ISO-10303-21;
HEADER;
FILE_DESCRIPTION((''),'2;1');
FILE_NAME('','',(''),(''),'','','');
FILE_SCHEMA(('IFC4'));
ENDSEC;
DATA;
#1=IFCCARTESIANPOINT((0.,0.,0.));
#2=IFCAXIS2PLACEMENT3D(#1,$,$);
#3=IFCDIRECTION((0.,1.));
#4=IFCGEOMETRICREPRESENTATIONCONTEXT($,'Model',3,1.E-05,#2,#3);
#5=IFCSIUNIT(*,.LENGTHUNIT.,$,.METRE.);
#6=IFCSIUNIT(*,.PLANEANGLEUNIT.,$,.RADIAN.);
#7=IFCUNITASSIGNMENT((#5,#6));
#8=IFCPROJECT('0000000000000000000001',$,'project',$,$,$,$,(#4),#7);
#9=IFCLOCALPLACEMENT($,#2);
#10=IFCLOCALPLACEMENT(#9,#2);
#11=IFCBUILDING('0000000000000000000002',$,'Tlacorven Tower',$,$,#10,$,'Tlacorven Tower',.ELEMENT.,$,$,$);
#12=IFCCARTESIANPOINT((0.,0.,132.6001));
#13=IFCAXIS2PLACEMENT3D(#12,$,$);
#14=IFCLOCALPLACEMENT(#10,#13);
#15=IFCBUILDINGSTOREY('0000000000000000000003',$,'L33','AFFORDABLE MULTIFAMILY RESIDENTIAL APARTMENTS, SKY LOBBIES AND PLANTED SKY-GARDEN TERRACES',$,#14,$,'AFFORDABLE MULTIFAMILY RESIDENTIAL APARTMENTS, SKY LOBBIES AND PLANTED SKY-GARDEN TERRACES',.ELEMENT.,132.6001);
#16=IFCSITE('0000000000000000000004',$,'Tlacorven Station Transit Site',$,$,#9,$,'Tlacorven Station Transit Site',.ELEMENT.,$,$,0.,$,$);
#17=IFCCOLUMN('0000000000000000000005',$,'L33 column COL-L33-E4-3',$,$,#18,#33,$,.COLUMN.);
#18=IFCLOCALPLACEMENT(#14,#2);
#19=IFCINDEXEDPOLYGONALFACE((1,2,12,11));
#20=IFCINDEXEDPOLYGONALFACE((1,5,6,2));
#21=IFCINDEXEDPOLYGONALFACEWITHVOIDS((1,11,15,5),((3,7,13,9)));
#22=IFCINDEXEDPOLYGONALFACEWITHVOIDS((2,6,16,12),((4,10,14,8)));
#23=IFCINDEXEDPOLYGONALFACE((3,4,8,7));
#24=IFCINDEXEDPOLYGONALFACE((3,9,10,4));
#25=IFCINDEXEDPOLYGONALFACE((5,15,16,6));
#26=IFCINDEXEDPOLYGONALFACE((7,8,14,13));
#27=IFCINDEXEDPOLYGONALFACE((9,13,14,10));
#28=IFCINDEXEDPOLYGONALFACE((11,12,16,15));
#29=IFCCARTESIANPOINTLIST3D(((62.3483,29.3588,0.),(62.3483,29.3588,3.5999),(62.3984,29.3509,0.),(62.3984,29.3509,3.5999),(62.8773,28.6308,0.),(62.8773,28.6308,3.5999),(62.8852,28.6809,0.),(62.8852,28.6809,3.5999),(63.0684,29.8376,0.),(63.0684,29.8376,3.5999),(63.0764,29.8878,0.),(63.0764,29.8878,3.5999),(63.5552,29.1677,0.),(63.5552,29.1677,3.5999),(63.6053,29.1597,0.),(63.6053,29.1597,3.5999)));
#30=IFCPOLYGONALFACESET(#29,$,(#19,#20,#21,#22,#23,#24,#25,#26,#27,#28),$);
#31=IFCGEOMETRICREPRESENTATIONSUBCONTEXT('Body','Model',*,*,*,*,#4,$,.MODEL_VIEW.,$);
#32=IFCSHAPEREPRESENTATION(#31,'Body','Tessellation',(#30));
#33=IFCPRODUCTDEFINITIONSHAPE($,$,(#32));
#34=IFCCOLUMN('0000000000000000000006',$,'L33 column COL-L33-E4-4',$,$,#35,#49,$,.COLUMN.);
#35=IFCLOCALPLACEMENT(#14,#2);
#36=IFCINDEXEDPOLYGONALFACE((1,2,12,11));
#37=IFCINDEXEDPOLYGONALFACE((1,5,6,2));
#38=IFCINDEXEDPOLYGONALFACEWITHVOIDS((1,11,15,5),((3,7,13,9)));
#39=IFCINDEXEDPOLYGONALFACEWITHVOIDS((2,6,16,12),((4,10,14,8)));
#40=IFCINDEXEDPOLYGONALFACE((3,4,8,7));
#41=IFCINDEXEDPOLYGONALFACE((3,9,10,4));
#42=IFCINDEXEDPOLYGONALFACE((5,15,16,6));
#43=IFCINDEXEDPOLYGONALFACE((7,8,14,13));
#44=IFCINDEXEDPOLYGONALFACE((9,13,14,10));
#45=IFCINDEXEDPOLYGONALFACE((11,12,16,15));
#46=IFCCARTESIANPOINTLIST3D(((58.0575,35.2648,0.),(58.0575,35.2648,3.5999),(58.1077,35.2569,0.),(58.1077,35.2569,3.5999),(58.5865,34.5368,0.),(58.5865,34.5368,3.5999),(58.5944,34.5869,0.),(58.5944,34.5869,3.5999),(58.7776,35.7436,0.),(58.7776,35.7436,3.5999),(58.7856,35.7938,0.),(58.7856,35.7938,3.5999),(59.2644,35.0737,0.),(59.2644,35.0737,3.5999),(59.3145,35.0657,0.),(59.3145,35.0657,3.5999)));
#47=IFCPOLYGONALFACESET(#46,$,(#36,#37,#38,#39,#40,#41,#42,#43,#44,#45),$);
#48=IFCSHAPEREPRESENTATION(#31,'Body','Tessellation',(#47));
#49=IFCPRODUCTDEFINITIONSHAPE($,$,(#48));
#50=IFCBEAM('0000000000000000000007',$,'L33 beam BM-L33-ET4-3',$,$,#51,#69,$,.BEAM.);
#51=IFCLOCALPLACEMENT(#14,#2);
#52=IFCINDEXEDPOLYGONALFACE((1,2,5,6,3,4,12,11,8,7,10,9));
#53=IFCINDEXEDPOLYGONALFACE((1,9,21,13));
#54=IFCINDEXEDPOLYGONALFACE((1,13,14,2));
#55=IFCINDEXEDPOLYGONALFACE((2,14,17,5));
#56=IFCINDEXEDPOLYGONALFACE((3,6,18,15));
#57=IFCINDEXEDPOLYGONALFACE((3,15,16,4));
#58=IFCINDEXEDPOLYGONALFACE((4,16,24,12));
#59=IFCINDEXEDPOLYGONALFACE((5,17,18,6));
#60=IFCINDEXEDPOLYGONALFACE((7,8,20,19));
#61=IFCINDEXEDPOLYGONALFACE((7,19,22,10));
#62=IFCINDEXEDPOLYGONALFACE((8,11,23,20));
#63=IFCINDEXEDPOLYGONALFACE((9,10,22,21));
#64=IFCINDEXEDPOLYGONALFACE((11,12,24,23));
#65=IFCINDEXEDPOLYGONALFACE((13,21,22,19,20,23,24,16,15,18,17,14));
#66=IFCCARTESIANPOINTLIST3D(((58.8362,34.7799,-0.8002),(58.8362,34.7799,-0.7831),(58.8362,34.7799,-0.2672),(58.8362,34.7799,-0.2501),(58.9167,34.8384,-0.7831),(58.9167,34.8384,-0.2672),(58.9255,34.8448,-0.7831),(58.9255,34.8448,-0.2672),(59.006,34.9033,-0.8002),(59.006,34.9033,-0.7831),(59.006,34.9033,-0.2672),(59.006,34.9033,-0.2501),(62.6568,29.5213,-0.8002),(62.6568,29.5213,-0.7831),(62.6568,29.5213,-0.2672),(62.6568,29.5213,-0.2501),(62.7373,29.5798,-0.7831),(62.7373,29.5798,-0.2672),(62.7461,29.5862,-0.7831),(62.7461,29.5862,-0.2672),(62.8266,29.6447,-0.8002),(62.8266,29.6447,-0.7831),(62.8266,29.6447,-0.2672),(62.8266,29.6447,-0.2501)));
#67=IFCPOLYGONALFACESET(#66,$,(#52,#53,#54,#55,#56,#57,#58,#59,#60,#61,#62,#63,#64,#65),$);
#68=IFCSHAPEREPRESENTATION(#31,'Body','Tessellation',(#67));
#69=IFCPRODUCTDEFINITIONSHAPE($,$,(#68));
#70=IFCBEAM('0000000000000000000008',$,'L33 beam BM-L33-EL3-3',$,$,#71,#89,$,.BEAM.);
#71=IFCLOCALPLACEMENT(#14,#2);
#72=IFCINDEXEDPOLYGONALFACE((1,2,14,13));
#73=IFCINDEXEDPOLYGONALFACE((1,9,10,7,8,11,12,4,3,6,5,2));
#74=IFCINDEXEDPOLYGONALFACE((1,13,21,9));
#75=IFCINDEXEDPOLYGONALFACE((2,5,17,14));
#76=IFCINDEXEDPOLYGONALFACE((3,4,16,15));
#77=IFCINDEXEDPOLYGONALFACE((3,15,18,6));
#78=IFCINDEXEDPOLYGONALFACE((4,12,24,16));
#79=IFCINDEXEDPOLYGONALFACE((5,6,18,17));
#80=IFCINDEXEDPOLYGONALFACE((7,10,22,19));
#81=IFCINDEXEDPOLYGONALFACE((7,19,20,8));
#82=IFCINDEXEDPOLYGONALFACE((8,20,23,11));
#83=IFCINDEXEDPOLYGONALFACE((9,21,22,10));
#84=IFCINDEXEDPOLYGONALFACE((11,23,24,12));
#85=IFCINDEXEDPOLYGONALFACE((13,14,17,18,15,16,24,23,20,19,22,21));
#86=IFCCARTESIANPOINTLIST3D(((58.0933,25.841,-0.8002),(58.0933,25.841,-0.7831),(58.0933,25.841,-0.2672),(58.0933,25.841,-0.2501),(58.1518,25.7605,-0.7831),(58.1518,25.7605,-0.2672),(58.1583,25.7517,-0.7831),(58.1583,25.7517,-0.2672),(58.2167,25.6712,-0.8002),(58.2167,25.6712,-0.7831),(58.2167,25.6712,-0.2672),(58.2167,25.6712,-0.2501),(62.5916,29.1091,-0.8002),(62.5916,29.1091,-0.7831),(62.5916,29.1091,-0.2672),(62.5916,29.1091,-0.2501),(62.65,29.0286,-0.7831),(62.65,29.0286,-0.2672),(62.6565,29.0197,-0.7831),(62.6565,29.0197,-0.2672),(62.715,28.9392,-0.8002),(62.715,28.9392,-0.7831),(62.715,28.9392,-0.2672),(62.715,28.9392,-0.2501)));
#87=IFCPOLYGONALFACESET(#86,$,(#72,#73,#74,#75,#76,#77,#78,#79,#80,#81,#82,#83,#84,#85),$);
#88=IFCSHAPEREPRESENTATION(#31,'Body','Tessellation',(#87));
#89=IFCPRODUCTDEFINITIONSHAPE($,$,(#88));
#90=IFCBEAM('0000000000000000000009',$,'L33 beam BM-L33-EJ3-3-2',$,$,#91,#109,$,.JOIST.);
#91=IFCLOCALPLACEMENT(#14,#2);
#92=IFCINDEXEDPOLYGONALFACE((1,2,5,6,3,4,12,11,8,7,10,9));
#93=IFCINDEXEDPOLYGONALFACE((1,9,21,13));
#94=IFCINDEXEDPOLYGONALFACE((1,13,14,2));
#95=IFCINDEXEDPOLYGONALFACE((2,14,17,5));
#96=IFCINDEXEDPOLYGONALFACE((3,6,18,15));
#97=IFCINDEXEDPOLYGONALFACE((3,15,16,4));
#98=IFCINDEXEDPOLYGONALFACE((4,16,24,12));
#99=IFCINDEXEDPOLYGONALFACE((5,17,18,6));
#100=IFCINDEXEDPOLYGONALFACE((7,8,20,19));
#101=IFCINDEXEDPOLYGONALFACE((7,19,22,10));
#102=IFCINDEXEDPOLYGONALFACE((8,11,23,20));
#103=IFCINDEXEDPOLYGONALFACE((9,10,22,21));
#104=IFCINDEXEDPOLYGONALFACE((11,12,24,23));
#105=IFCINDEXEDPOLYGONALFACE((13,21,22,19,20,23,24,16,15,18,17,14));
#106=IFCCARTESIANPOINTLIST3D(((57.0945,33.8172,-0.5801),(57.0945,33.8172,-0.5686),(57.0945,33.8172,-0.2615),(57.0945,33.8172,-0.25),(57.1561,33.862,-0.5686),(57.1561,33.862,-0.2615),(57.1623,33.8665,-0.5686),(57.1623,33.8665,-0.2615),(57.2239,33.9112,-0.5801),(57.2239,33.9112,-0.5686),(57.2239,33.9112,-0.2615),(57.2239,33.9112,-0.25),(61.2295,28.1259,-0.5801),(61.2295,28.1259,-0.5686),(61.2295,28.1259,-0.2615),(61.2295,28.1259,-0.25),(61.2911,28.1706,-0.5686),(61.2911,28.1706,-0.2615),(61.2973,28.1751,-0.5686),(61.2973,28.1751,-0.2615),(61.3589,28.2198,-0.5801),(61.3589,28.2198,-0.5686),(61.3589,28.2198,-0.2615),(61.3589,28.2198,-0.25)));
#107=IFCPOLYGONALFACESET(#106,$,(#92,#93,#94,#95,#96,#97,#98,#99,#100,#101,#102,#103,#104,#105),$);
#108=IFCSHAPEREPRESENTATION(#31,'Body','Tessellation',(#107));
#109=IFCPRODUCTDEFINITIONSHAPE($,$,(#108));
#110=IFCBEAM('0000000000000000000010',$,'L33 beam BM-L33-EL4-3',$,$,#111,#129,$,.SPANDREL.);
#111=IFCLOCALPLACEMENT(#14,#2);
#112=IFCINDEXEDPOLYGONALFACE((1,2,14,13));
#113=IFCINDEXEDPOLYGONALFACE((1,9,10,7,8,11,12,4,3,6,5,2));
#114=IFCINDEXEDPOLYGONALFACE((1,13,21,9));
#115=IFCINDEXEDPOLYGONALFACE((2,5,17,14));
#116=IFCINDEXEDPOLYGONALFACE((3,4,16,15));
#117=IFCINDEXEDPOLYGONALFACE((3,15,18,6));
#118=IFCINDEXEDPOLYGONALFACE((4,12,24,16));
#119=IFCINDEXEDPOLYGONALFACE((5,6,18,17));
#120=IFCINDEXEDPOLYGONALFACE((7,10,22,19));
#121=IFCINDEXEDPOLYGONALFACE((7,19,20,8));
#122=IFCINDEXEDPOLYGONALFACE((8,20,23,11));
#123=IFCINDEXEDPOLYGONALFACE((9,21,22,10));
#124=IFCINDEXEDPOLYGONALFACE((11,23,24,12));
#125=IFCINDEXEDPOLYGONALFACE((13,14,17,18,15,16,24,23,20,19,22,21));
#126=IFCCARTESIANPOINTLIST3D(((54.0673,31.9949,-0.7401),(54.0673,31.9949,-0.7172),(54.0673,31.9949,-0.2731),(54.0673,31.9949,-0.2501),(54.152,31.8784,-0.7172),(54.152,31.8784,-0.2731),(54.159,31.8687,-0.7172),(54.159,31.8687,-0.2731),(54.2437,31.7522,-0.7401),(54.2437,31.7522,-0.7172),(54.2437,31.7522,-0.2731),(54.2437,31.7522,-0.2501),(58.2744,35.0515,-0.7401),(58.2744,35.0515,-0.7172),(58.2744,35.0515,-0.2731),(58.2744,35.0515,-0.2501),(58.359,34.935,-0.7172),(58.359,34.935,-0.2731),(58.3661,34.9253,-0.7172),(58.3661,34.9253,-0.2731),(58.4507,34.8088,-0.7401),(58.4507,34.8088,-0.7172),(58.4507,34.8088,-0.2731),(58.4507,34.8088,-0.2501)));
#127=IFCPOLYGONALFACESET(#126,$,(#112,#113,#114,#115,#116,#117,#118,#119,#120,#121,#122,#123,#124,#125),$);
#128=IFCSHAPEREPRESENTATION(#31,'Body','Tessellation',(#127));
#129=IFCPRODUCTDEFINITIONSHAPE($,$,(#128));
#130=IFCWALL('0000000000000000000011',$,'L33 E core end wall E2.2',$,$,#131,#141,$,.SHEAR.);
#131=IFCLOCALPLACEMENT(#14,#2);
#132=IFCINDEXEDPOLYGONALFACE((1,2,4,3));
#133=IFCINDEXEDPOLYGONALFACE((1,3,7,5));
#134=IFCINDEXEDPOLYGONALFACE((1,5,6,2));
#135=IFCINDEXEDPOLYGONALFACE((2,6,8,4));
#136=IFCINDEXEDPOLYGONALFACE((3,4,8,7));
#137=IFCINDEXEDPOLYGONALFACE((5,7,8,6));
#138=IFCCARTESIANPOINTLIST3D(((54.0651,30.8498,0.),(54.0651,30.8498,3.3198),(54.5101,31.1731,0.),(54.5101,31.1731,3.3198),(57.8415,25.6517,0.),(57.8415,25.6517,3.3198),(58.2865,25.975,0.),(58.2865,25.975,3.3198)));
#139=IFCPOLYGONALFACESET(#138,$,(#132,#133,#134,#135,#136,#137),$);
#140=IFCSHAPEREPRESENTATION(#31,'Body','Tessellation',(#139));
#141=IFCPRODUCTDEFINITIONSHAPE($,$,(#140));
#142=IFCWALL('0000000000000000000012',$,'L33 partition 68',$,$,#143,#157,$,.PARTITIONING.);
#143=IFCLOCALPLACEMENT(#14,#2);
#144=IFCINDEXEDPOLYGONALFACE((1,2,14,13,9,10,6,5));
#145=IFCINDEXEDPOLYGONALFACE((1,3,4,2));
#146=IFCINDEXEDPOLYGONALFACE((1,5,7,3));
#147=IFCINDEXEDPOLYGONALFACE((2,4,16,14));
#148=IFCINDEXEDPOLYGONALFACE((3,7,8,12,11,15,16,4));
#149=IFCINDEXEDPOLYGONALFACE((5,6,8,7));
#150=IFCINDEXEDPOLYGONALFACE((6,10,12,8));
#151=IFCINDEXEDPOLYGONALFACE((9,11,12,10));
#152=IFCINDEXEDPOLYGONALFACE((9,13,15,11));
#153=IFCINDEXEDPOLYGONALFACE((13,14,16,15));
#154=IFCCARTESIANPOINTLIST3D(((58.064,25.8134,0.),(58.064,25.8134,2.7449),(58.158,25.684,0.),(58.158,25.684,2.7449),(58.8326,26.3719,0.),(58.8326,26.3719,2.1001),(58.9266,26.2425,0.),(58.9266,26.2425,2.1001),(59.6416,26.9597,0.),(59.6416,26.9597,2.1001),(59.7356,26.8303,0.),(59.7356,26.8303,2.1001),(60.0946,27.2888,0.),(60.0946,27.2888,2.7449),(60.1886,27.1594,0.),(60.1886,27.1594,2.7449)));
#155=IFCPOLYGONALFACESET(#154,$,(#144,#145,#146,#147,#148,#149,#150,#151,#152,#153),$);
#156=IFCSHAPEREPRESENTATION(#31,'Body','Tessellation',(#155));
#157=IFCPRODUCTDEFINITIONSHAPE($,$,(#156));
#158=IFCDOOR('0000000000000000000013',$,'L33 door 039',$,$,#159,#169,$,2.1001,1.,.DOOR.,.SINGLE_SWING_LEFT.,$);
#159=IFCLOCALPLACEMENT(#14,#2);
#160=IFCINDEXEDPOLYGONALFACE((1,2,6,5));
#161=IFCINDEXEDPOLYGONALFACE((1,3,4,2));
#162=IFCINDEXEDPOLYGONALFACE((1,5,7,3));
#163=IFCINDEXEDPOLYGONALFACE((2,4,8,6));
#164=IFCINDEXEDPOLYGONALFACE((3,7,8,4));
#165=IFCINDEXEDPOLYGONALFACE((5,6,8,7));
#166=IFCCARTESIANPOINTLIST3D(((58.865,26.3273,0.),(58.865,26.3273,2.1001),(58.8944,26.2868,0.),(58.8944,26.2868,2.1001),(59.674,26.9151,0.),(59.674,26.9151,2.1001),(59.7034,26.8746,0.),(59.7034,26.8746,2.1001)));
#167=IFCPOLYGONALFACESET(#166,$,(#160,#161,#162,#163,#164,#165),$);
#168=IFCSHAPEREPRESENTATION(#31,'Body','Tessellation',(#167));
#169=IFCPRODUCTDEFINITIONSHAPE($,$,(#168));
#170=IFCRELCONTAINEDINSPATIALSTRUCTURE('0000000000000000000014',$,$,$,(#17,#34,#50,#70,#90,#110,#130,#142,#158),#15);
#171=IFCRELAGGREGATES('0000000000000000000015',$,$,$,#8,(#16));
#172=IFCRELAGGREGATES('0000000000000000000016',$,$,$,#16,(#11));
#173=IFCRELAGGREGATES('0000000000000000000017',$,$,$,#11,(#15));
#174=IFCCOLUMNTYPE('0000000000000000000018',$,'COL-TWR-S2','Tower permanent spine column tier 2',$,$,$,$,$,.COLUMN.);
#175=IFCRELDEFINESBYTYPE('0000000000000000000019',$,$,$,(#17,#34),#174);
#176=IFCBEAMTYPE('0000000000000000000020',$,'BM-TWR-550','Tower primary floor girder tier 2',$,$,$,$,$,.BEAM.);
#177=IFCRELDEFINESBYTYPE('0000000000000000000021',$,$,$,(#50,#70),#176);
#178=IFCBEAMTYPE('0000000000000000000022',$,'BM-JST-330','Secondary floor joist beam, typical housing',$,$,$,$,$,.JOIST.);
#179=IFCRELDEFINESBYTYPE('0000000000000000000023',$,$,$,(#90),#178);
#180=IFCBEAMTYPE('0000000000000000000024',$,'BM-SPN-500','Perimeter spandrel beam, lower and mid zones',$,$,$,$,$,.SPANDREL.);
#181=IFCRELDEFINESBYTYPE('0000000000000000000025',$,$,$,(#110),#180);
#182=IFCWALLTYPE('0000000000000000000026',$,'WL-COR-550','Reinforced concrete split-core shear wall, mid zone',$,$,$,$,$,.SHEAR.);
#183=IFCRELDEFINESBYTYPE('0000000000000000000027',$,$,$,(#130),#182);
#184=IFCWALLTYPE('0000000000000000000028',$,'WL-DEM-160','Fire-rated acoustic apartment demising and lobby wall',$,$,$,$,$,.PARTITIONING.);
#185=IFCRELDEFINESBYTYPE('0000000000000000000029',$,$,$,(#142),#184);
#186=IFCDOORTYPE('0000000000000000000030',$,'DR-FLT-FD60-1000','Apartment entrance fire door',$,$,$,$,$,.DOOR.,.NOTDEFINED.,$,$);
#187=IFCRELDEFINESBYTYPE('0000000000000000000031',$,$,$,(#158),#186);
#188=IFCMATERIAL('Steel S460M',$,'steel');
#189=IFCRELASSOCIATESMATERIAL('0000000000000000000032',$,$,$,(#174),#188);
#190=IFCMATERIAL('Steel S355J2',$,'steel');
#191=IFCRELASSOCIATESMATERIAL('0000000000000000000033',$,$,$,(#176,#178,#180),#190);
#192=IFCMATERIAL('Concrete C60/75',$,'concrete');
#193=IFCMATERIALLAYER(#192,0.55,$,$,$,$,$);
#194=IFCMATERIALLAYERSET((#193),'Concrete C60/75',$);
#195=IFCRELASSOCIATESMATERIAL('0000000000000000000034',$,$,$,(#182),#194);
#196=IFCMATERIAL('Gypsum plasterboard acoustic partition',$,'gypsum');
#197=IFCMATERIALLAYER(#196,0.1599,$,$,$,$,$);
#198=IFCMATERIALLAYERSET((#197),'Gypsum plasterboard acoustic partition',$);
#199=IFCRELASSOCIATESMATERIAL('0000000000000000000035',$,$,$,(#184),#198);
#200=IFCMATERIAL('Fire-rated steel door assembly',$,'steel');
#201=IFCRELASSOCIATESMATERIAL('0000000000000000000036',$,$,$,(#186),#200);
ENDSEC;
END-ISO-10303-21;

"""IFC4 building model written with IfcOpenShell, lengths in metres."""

from ifc_helpers import new_model, si_unit, direction, frame, frame_2d, origin, origin_2d, place, context, subcontext, project, spatial, rectangle, hollow_rectangle, i_section, extrude, source, transform, mapped, material, layer, layer_set, material_profile, profile_set, type_object, element, fill, save


model = new_model("IFC4")

# Units and contexts
model_context = context("Model", 3, precision=1e-05, world=origin(), true_north=direction((0.0, 1.0)))
body_context = subcontext(model_context, "Body", "Model", "MODEL_VIEW")
ifc_project = project(units=[si_unit("LENGTHUNIT", "METRE"), si_unit("PLANEANGLEUNIT", "RADIAN")], contexts=[model_context])

# Site, building, storey
site_placement = place(None, origin())
site = spatial("IfcSite", under=ifc_project, at=site_placement, Name="Tlacorven Station Transit Site", LongName="Tlacorven Station Transit Site", CompositionType="ELEMENT", RefElevation=0.0)
building_placement = place(site_placement, origin())
building = spatial("IfcBuilding", under=site, at=building_placement, Name="Tlacorven Tower", LongName="Tlacorven Tower", CompositionType="ELEMENT")
storey_placement = place(building_placement, frame((0.0, 0.0, 132.6001)))
storey = spatial("IfcBuildingStorey", under=building, at=storey_placement, Name="L33", Description="AFFORDABLE MULTIFAMILY RESIDENTIAL APARTMENTS, SKY LOBBIES AND PLANTED SKY-GARDEN TERRACES", LongName="AFFORDABLE MULTIFAMILY RESIDENTIAL APARTMENTS, SKY LOBBIES AND PLANTED SKY-GARDEN TERRACES", CompositionType="ELEMENT", Elevation=132.6001)

# Columns
ifc_material_1 = material(Name="Steel S460M", Category="steel")
ifc_material_profile_1 = material_profile(ifc_material_1, hollow_rectangle(XDim=0.8999, YDim=0.8999, WallThickness=0.0359, at=origin_2d()), Name="BOX 900X900X36")
ifc_profile_set_1 = profile_set([ifc_material_profile_1], Name="Steel S460M")
column_type = type_object("IfcColumnType", Name="COL-TWR-S2", Description="Tower permanent spine column tier 2", PredefinedType="COLUMN", material=ifc_profile_set_1)
shared_shape_1 = source(origin(), body_context, "Body", "SweptSolid", [
    extrude(hollow_rectangle(XDim=0.8999, YDim=0.8999, WallThickness=0.0359, at=origin_2d()), origin(), (0.0, 0.0, 1.0), 3.5999),
])
for number, where, z_axis, x_axis, name in (
    (1, (62.9768, 29.2593, 0.0), (0.0, 0.0, 1.0), (0.809017, 0.587785, 0.0), "L33 column COL-L33-E4-3"),
    (2, (58.686, 35.1653, 0.0), (0.0, 0.0, 1.0), (0.809017, 0.587785, 0.0), "L33 column COL-L33-E4-4"),
):
    element("IfcColumn", number, at=place(storey_placement, frame(where, z_axis=z_axis, x_axis=x_axis)), inside=storey, type_object=column_type, Name=name, PredefinedType="COLUMN", context=body_context, shape_type="MappedRepresentation", body=[
        mapped(shared_shape_1, transform((0.0, 0.0, 0.0), scale=1.0)),
    ])

# Beams
ifc_material_2 = material(Name="Steel S355J2", Category="steel")
ifc_material_profile_2 = material_profile(ifc_material_2, i_section(OverallWidth=0.21, OverallDepth=0.55, WebThickness=0.011, FlangeThickness=0.0171, at=origin_2d()), Name="IPE 550")
ifc_profile_set_2 = profile_set([ifc_material_profile_2], Name="Steel S355J2")
beam_type_1 = type_object("IfcBeamType", Name="BM-TWR-550", Description="Tower primary floor girder tier 2", PredefinedType="BEAM", material=ifc_profile_set_2)
shared_shape_2 = source(origin(), body_context, "Body", "SweptSolid", [
    extrude(i_section(OverallWidth=0.21, OverallDepth=0.55, WebThickness=0.011, FlangeThickness=0.0171, at=origin_2d()), origin(), (0.0, 0.0, 1.0), 6.5),
])
beam_1_placement = place(storey_placement, frame((62.7417, 29.583, -0.5251), z_axis=(-0.587785, 0.809017, 0.0), x_axis=(-0.809017, -0.587785, 0.0)))
element("IfcBeam", 3, at=beam_1_placement, inside=storey, type_object=beam_type_1, Name="L33 beam BM-L33-ET4-3", PredefinedType="BEAM", context=body_context, shape_type="MappedRepresentation", body=[
    mapped(shared_shape_2, transform((0.0, 0.0, 0.0), scale=1.0)),
])
shared_shape_3 = source(origin(), body_context, "Body", "SweptSolid", [
    extrude(i_section(OverallWidth=0.21, OverallDepth=0.55, WebThickness=0.011, FlangeThickness=0.0171, at=origin_2d()), origin(), (0.0, 0.0, 1.0), 5.5601),
])
beam_2_placement = place(storey_placement, frame((58.155, 25.7561, -0.5251), z_axis=(0.809028, 0.58777, 0.0), x_axis=(-0.58777, 0.809028, 0.0)))
element("IfcBeam", 4, at=beam_2_placement, inside=storey, type_object=beam_type_1, Name="L33 beam BM-L33-EL3-3", PredefinedType="BEAM", context=body_context, shape_type="MappedRepresentation", body=[
    mapped(shared_shape_3, transform((0.0, 0.0, 0.0), scale=1.0)),
])
ifc_material_profile_3 = material_profile(ifc_material_2, i_section(OverallWidth=0.1599, OverallDepth=0.3301, WebThickness=0.0076, FlangeThickness=0.0115, at=origin_2d()), Name="IPE 330")
ifc_profile_set_3 = profile_set([ifc_material_profile_3], Name="Steel S355J2")
beam_type_2 = type_object("IfcBeamType", Name="BM-JST-330", Description="Secondary floor joist beam, typical housing", PredefinedType="JOIST", material=ifc_profile_set_3)
shared_shape_4 = source(origin(), body_context, "Body", "SweptSolid", [
    extrude(i_section(OverallWidth=0.1599, OverallDepth=0.3301, WebThickness=0.0076, FlangeThickness=0.0115, at=origin_2d()), origin(), (0.0, 0.0, 1.0), 7.0349),
])
beam_3_placement = place(storey_placement, frame((61.2942, 28.1729, -0.415), z_axis=(-0.587782, 0.80902, 0.0), x_axis=(-0.80902, -0.587782, 0.0)))
element("IfcBeam", 5, at=beam_3_placement, inside=storey, type_object=beam_type_2, Name="L33 beam BM-L33-EJ3-3-2", PredefinedType="JOIST", context=body_context, shape_type="MappedRepresentation", body=[
    mapped(shared_shape_4, transform((0.0, 0.0, 0.0), scale=1.0)),
])
ifc_material_profile_4 = material_profile(ifc_material_2, i_section(OverallWidth=0.3, OverallDepth=0.49, WebThickness=0.012, FlangeThickness=0.0229, at=origin_2d()), Name="HEA 500")
ifc_profile_set_4 = profile_set([ifc_material_profile_4], Name="Steel S355J2")
beam_type_3 = type_object("IfcBeamType", Name="BM-SPN-500", Description="Perimeter spandrel beam, lower and mid zones", PredefinedType="SPANDREL", material=ifc_profile_set_4)
shared_shape_5 = source(origin(), body_context, "Body", "SweptSolid", [
    extrude(i_section(OverallWidth=0.3, OverallDepth=0.49, WebThickness=0.012, FlangeThickness=0.0229, at=origin_2d()), origin(), (0.0, 0.0, 1.0), 5.2002),
])
beam_4_placement = place(storey_placement, frame((54.1555, 31.8735, -0.4951), z_axis=(0.809012, 0.587792, 0.0), x_axis=(-0.587792, 0.809012, 0.0)))
element("IfcBeam", 6, at=beam_4_placement, inside=storey, type_object=beam_type_3, Name="L33 beam BM-L33-EL4-3", PredefinedType="SPANDREL", context=body_context, shape_type="MappedRepresentation", body=[
    mapped(shared_shape_5, transform((0.0, 0.0, 0.0), scale=1.0)),
])

# Wall
ifc_material_3 = material(Name="Concrete C60/75", Category="concrete")
ifc_layer_1 = layer(ifc_material_3, 0.55)
ifc_layer_set_1 = layer_set([ifc_layer_1], Name="Concrete C60/75")
wall_type_1 = type_object("IfcWallType", Name="WL-COR-550", Description="Reinforced concrete split-core shear wall, mid zone", PredefinedType="SHEAR", material=ifc_layer_set_1)
wall_1_placement = place(storey_placement, frame((58.064, 25.8135, 0.0), z_axis=(0.0, 0.0, 1.0), x_axis=(-0.587765, 0.809032, 0.0)))
element("IfcWall", 7, at=wall_1_placement, inside=storey, type_object=wall_type_1, Name="L33 E core end wall E2.2", PredefinedType="SHEAR", context=body_context, shape_type="SweptSolid", body=[
    extrude(rectangle(XDim=6.425, YDim=0.55, at=frame_2d((3.2124, 0.0))), origin(), (0.0, 0.0, 1.0), 3.3198),
])

# Wall, opening, door
ifc_material_4 = material(Name="Gypsum plasterboard acoustic partition", Category="gypsum")
ifc_layer_2 = layer(ifc_material_4, 0.1599)
ifc_layer_set_2 = layer_set([ifc_layer_2], Name="Gypsum plasterboard acoustic partition")
wall_type_2 = type_object("IfcWallType", Name="WL-DEM-160", Description="Fire-rated acoustic apartment demising and lobby wall", PredefinedType="PARTITIONING", material=ifc_layer_set_2)
wall_2_placement = place(storey_placement, frame((58.1111, 25.7488, 0.0), z_axis=(0.0, 0.0, 1.0), x_axis=(0.809001, 0.587807, 0.0)))
wall_2 = element("IfcWall", 8, at=wall_2_placement, inside=storey, type_object=wall_type_2, Name="L33 partition 68", PredefinedType="PARTITIONING", context=body_context, shape_type="SweptSolid", body=[
    extrude(rectangle(XDim=2.51, YDim=0.1599, at=frame_2d((1.2549, 0.0))), origin(), (0.0, 0.0, 1.0), 2.7449),
])
opening_1_placement = place(wall_2_placement, frame((0.95, 0.0, 0.0)))
opening_1 = element("IfcOpeningElement", 9, at=opening_1_placement, cuts=wall_2, PredefinedType="OPENING", context=body_context, shape_type="SweptSolid", body=[
    extrude(rectangle(XDim=1.0, YDim=2.1001, at=frame_2d((0.5, 1.05))), frame((0.0, 0.0898, 0.0), z_axis=(0.0, -1.0, 0.0), x_axis=(1.0, 0.0, 0.0)), (0.0, 0.0, 1.0), 0.1799),
])
ifc_material_5 = material(Name="Fire-rated steel door assembly", Category="steel")
door_type_1 = type_object("IfcDoorType", Name="DR-FLT-FD60-1000", Description="Apartment entrance fire door", OperationType="NOTDEFINED", PredefinedType="DOOR", material=ifc_material_5)
shared_shape_6 = source(origin(), body_context, "Body", "SweptSolid", [
    extrude(rectangle(XDim=1.0, YDim=2.1001, at=frame_2d((0.5, 1.05))), frame((0.0, 0.0249, 0.0), z_axis=(0.0, -1.0, 0.0), x_axis=(1.0, 0.0, 0.0)), (0.0, 0.0, 1.0), 0.05),
])
door_1_placement = place(opening_1_placement, origin())
door_1 = element("IfcDoor", 10, at=door_1_placement, inside=storey, type_object=door_type_1, Name="L33 door 039", OperationType="SINGLE_SWING_LEFT", OverallHeight=2.1001, OverallWidth=1.0, PredefinedType="DOOR", context=body_context, shape_type="MappedRepresentation", body=[
    mapped(shared_shape_6, transform((0.0, 0.0, 0.0), scale=1.0)),
])
fill(opening_1, door_1)

save(model, "model.ifc")
